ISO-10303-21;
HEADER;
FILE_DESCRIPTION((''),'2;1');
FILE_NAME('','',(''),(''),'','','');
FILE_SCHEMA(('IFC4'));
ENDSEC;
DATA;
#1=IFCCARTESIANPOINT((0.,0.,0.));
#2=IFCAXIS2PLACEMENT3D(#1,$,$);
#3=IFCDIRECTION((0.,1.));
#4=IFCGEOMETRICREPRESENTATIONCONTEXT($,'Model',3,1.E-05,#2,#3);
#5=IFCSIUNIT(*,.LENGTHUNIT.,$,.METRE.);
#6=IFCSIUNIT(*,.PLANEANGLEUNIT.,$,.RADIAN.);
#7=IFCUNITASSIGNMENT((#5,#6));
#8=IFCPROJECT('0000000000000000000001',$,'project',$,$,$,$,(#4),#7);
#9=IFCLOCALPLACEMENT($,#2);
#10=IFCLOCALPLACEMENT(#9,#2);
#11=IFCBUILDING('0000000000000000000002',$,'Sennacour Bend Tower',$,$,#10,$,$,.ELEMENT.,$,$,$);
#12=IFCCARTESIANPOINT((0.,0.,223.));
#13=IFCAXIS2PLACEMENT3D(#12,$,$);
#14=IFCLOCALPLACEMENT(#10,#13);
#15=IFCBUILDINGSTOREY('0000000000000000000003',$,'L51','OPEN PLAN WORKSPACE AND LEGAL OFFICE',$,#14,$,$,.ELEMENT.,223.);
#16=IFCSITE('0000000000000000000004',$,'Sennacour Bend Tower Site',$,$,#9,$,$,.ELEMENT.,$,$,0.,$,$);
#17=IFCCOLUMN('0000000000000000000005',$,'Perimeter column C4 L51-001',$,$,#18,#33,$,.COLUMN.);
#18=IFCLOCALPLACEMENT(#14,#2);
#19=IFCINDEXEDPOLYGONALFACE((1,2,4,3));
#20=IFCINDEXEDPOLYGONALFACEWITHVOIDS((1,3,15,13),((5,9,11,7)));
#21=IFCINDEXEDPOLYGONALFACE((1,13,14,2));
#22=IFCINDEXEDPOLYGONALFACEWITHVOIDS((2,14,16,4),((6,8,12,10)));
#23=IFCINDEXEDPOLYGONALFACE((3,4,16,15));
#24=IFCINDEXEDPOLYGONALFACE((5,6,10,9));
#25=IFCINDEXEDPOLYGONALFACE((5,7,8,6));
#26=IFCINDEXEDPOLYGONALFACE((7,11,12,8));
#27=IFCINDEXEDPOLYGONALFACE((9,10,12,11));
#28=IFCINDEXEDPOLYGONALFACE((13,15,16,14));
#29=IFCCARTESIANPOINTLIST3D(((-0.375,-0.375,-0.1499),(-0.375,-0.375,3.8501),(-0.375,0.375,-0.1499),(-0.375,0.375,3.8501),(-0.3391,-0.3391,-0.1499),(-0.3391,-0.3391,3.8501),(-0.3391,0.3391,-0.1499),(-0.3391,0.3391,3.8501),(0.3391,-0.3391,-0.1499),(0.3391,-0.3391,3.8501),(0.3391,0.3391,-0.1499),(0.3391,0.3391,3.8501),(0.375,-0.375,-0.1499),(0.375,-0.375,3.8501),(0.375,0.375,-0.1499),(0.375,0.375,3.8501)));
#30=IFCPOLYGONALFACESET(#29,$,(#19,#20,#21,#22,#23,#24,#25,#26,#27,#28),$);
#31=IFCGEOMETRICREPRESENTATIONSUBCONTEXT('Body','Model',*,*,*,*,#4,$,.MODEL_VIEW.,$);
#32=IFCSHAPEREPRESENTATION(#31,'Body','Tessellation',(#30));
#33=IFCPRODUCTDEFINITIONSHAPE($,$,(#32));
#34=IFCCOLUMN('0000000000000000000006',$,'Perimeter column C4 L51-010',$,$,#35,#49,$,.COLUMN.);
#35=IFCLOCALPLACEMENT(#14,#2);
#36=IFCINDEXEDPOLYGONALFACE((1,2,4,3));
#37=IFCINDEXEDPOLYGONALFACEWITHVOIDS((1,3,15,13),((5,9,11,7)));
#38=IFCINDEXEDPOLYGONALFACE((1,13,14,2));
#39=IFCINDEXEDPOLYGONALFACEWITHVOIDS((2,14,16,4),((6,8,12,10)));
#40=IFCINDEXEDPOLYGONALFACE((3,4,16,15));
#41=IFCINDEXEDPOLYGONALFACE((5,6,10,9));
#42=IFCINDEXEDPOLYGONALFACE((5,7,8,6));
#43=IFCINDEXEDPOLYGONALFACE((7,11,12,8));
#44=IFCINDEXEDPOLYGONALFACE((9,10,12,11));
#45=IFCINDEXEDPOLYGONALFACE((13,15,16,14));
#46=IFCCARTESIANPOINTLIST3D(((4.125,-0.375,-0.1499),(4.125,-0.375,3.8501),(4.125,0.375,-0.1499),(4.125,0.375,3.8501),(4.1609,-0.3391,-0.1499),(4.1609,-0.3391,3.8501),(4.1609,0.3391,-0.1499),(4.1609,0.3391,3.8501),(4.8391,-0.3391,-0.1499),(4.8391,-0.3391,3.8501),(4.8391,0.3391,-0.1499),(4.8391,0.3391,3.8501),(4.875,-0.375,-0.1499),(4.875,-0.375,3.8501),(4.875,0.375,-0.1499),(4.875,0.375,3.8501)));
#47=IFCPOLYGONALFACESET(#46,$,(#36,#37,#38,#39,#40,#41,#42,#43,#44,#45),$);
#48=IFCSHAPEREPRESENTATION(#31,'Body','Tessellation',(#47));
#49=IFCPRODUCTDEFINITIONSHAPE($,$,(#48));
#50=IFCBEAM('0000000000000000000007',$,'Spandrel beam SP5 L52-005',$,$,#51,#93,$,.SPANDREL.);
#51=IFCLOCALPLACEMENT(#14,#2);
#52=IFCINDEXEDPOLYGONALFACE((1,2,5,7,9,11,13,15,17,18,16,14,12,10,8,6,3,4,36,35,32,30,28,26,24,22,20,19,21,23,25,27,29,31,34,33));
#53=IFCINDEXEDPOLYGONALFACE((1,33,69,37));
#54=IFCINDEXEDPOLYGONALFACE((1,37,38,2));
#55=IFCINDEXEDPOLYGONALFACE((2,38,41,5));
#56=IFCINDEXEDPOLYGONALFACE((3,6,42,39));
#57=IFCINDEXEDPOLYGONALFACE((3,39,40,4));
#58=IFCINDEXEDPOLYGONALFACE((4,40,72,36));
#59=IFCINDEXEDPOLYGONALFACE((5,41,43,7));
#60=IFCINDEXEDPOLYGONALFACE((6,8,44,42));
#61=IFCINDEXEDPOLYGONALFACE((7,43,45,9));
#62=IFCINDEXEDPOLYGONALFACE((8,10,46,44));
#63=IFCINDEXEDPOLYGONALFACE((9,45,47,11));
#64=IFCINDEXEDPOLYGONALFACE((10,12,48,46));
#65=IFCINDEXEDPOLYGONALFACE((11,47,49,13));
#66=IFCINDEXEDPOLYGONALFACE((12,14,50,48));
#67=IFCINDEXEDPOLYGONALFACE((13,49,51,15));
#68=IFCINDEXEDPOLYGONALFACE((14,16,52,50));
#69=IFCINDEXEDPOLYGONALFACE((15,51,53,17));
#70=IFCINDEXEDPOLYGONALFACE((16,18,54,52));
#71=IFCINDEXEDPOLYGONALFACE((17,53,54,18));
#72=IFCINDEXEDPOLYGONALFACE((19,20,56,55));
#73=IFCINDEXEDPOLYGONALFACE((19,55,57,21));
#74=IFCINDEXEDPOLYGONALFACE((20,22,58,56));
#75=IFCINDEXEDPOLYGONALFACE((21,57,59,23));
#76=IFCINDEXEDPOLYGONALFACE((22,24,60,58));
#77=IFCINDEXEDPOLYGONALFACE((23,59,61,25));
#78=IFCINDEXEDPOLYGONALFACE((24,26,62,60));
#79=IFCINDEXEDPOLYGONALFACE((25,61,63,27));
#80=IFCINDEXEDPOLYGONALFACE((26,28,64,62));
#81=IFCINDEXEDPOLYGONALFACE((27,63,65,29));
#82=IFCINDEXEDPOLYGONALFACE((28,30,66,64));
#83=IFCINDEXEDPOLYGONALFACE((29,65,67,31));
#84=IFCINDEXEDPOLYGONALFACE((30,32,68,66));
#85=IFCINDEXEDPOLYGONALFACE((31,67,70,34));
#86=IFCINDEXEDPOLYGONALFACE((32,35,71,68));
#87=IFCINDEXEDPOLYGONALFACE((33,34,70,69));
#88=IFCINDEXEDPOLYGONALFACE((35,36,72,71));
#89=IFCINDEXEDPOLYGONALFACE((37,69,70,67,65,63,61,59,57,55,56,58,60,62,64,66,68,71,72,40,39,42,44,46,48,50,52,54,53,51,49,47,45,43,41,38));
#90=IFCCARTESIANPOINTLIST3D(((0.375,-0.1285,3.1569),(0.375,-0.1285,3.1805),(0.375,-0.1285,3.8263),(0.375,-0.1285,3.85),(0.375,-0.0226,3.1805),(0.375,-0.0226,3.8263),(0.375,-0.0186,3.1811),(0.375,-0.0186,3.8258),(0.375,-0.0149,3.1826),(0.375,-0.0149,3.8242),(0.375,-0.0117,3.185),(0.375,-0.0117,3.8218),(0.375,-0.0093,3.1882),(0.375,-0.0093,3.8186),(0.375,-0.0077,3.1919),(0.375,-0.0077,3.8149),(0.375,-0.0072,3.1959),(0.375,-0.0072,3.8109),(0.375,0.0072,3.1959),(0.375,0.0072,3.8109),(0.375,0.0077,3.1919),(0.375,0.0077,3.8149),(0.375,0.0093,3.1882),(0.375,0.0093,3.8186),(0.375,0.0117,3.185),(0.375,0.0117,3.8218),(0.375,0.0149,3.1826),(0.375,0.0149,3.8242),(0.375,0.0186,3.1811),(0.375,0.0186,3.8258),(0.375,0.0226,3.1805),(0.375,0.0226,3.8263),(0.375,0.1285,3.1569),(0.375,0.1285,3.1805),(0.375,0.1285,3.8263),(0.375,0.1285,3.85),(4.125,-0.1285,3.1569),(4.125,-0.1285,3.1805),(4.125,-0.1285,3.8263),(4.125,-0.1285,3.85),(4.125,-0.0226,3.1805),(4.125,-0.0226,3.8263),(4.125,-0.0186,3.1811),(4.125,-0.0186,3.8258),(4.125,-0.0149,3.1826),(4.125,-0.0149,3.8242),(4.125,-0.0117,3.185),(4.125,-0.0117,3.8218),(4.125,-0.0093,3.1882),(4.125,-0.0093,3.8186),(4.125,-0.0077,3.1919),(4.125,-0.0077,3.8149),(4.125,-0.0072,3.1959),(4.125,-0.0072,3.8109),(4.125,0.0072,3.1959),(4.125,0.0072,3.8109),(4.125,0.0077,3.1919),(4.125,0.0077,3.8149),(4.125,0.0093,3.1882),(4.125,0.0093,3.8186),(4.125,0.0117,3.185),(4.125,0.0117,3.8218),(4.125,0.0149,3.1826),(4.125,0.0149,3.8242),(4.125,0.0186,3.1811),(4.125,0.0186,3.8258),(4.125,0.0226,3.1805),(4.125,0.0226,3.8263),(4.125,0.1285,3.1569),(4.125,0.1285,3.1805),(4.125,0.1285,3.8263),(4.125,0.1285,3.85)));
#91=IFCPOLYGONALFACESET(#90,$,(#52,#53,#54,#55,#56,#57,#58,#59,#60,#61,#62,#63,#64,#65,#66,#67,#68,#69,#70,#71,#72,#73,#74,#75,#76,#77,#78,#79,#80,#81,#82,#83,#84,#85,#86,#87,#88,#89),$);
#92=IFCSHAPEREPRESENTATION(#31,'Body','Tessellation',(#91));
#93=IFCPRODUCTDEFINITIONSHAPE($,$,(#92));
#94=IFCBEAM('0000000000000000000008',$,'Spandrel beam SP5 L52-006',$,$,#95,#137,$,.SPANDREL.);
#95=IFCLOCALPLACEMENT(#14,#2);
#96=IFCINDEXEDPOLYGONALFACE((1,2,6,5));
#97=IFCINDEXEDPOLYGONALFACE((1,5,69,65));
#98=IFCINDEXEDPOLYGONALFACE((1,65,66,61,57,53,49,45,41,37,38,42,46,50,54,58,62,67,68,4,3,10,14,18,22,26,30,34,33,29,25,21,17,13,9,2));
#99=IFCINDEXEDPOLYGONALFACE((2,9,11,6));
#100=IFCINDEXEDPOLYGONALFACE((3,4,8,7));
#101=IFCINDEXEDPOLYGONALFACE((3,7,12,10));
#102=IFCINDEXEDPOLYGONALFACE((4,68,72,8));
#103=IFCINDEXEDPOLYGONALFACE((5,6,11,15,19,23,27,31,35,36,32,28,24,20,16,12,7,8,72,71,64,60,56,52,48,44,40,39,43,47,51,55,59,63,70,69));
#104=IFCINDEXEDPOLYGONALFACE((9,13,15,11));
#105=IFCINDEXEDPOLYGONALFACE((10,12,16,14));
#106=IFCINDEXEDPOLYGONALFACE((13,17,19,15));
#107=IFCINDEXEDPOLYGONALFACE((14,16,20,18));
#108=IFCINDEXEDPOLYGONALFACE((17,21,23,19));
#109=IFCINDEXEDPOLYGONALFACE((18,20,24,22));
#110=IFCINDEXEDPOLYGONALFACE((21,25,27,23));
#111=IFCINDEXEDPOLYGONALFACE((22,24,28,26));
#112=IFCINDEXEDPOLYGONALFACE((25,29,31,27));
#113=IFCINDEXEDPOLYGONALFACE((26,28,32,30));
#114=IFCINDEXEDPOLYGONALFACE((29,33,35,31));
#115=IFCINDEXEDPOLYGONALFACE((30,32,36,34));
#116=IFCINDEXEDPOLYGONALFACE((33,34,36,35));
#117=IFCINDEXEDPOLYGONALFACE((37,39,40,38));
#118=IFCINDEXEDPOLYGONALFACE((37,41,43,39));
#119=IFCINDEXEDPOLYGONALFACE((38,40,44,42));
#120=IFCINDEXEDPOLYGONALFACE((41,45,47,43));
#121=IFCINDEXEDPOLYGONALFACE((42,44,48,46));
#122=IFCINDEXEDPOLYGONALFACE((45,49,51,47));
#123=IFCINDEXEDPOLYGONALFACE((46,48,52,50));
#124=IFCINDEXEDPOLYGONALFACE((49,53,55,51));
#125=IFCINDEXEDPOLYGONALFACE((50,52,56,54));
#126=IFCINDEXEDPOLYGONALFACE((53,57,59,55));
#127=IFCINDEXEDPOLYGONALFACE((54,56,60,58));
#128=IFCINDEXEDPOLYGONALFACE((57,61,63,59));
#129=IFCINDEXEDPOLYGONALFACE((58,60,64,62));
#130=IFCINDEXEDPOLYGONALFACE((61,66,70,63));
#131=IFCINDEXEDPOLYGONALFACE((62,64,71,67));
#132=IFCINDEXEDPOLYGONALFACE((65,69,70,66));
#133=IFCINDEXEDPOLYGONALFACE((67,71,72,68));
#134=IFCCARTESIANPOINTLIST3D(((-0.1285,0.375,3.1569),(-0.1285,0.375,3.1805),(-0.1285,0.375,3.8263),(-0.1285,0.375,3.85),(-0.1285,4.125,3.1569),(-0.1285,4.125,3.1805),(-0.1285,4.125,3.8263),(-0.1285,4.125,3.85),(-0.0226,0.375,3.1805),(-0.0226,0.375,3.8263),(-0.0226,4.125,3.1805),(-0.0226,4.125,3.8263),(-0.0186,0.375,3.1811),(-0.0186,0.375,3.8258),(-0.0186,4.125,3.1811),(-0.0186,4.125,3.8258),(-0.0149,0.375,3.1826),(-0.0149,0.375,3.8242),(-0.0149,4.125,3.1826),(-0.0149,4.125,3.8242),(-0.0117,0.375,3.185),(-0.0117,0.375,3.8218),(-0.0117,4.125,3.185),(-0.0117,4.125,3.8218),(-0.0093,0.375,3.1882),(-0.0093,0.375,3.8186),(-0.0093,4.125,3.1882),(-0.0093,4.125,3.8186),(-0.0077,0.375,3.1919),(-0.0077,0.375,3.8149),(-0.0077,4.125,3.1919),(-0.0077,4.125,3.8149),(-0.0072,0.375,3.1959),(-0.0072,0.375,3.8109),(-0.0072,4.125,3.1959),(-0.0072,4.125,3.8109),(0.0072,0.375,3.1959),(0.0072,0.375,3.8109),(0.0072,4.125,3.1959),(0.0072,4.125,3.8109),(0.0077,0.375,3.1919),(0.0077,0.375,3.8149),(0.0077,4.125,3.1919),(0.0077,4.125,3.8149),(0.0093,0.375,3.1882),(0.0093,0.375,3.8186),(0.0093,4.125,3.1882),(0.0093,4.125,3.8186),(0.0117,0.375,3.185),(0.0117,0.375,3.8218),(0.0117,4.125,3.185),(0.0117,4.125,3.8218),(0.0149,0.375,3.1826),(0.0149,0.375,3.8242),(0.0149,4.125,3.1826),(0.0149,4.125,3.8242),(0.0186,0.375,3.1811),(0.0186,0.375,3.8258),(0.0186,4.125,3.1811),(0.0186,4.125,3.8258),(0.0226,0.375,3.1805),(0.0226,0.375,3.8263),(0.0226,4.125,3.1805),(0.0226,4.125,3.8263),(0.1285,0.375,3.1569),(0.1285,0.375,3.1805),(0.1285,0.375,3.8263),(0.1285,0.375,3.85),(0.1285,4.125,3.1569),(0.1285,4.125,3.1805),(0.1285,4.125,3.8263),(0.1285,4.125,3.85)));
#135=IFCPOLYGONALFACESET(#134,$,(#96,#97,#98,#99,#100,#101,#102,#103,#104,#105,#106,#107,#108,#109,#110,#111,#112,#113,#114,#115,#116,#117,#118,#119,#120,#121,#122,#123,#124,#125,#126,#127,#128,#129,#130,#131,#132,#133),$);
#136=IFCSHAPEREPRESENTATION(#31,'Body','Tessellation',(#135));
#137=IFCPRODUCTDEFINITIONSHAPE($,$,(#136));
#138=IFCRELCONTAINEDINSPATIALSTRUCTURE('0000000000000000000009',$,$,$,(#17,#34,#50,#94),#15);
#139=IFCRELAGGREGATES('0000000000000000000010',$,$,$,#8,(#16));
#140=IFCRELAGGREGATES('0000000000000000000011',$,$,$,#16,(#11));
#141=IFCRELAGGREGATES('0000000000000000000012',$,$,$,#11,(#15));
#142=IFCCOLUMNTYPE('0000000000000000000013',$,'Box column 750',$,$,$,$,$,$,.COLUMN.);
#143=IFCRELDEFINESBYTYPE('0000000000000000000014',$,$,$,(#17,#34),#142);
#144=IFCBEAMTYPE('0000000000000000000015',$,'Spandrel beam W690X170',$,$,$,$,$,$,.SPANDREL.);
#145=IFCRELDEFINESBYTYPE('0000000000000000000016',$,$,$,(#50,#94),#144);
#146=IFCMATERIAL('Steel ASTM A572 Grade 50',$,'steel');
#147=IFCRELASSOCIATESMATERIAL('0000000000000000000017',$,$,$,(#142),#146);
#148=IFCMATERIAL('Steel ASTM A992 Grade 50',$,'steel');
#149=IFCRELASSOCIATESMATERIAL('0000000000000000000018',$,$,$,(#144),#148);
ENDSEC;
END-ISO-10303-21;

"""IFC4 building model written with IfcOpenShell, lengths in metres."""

from ifc_helpers import new_model, si_unit, direction, frame, origin, origin_2d, place, context, subcontext, project, spatial, hollow_rectangle, i_section, extrude, material, material_profile, profile_set, type_object, element, save


model = new_model("IFC4")

# Units and contexts
model_context = context("Model", 3, precision=1e-05, world=origin(), true_north=direction((0.0, 1.0)))
body_context = subcontext(model_context, "Body", "Model", "MODEL_VIEW")
ifc_project = project(units=[si_unit("LENGTHUNIT", "METRE"), si_unit("PLANEANGLEUNIT", "RADIAN")], contexts=[model_context])

# Site, building, storey
site_placement = place(None, origin())
site = spatial("IfcSite", under=ifc_project, at=site_placement, Name="Sennacour Bend Tower Site", CompositionType="ELEMENT", RefElevation=0.0)
building_placement = place(site_placement, origin())
building = spatial("IfcBuilding", under=site, at=building_placement, Name="Sennacour Bend Tower", CompositionType="ELEMENT")
storey_placement = place(building_placement, frame((0.0, 0.0, 223.0)))
storey = spatial("IfcBuildingStorey", under=building, at=storey_placement, Name="L51", Description="OPEN PLAN WORKSPACE AND LEGAL OFFICE", CompositionType="ELEMENT", Elevation=223.0)

# Columns
ifc_material_1 = material(Name="Steel ASTM A572 Grade 50", Category="steel")
ifc_material_profile_1 = material_profile(ifc_material_1, hollow_rectangle(XDim=0.75, YDim=0.75, WallThickness=0.0359, at=origin_2d()), Name="Steel ASTM A572 Grade 50", Category="steel")
ifc_profile_set_1 = profile_set([ifc_material_profile_1], Name="Steel ASTM A572 Grade 50")
column_type = type_object("IfcColumnType", Name="Box column 750", PredefinedType="COLUMN", material=ifc_profile_set_1)
for number, where, z_axis, x_axis, name in (
    (1, (0.0, 0.0, -0.1499), (0.0, 0.0, 1.0), (1.0, 0.0, 0.0), "Perimeter column C4 L51-001"),
    (2, (4.5, 0.0, -0.1499), (0.0, 0.0, 1.0), (1.0, 0.0, 0.0), "Perimeter column C4 L51-010"),
):
    element("IfcColumn", number, at=place(storey_placement, frame(where, z_axis=z_axis, x_axis=x_axis)), inside=storey, type_object=column_type, Name=name, PredefinedType="COLUMN", context=body_context, shape_type="SweptSolid", body=[
        extrude(hollow_rectangle(XDim=0.75, YDim=0.75, WallThickness=0.0359, at=origin_2d()), origin(), (0.0, 0.0, 1.0), 4.0),
    ])

# Beams
ifc_material_2 = material(Name="Steel ASTM A992 Grade 50", Category="steel")
ifc_material_profile_2 = material_profile(ifc_material_2, i_section(OverallWidth=0.2571, OverallDepth=0.6931, WebThickness=0.0144, FlangeThickness=0.0237, FilletRadius=0.0154, at=origin_2d()), Name="Steel ASTM A992 Grade 50", Category="steel")
ifc_profile_set_2 = profile_set([ifc_material_profile_2], Name="Steel ASTM A992 Grade 50")
beam_type = type_object("IfcBeamType", Name="Spandrel beam W690X170", PredefinedType="SPANDREL", material=ifc_profile_set_2)
for number, where, z_axis, x_axis, name in (
    (3, (4.125, 0.0, 3.5034), (-1.0, 0.0, 0.0), (0.0, -1.0, 0.0), "Spandrel beam SP5 L52-005"),
    (4, (0.0, 0.375, 3.5034), (0.0, 1.0, 0.0), (-1.0, 0.0, 0.0), "Spandrel beam SP5 L52-006"),
):
    element("IfcBeam", number, at=place(storey_placement, frame(where, z_axis=z_axis, x_axis=x_axis)), inside=storey, type_object=beam_type, Name=name, PredefinedType="SPANDREL", context=body_context, shape_type="SweptSolid", body=[
        extrude(i_section(OverallWidth=0.2571, OverallDepth=0.6931, WebThickness=0.0144, FlangeThickness=0.0237, FilletRadius=0.0154, at=origin_2d()), origin(), (0.0, 0.0, 1.0), 3.75),
    ])

save(model, "model.ifc")
